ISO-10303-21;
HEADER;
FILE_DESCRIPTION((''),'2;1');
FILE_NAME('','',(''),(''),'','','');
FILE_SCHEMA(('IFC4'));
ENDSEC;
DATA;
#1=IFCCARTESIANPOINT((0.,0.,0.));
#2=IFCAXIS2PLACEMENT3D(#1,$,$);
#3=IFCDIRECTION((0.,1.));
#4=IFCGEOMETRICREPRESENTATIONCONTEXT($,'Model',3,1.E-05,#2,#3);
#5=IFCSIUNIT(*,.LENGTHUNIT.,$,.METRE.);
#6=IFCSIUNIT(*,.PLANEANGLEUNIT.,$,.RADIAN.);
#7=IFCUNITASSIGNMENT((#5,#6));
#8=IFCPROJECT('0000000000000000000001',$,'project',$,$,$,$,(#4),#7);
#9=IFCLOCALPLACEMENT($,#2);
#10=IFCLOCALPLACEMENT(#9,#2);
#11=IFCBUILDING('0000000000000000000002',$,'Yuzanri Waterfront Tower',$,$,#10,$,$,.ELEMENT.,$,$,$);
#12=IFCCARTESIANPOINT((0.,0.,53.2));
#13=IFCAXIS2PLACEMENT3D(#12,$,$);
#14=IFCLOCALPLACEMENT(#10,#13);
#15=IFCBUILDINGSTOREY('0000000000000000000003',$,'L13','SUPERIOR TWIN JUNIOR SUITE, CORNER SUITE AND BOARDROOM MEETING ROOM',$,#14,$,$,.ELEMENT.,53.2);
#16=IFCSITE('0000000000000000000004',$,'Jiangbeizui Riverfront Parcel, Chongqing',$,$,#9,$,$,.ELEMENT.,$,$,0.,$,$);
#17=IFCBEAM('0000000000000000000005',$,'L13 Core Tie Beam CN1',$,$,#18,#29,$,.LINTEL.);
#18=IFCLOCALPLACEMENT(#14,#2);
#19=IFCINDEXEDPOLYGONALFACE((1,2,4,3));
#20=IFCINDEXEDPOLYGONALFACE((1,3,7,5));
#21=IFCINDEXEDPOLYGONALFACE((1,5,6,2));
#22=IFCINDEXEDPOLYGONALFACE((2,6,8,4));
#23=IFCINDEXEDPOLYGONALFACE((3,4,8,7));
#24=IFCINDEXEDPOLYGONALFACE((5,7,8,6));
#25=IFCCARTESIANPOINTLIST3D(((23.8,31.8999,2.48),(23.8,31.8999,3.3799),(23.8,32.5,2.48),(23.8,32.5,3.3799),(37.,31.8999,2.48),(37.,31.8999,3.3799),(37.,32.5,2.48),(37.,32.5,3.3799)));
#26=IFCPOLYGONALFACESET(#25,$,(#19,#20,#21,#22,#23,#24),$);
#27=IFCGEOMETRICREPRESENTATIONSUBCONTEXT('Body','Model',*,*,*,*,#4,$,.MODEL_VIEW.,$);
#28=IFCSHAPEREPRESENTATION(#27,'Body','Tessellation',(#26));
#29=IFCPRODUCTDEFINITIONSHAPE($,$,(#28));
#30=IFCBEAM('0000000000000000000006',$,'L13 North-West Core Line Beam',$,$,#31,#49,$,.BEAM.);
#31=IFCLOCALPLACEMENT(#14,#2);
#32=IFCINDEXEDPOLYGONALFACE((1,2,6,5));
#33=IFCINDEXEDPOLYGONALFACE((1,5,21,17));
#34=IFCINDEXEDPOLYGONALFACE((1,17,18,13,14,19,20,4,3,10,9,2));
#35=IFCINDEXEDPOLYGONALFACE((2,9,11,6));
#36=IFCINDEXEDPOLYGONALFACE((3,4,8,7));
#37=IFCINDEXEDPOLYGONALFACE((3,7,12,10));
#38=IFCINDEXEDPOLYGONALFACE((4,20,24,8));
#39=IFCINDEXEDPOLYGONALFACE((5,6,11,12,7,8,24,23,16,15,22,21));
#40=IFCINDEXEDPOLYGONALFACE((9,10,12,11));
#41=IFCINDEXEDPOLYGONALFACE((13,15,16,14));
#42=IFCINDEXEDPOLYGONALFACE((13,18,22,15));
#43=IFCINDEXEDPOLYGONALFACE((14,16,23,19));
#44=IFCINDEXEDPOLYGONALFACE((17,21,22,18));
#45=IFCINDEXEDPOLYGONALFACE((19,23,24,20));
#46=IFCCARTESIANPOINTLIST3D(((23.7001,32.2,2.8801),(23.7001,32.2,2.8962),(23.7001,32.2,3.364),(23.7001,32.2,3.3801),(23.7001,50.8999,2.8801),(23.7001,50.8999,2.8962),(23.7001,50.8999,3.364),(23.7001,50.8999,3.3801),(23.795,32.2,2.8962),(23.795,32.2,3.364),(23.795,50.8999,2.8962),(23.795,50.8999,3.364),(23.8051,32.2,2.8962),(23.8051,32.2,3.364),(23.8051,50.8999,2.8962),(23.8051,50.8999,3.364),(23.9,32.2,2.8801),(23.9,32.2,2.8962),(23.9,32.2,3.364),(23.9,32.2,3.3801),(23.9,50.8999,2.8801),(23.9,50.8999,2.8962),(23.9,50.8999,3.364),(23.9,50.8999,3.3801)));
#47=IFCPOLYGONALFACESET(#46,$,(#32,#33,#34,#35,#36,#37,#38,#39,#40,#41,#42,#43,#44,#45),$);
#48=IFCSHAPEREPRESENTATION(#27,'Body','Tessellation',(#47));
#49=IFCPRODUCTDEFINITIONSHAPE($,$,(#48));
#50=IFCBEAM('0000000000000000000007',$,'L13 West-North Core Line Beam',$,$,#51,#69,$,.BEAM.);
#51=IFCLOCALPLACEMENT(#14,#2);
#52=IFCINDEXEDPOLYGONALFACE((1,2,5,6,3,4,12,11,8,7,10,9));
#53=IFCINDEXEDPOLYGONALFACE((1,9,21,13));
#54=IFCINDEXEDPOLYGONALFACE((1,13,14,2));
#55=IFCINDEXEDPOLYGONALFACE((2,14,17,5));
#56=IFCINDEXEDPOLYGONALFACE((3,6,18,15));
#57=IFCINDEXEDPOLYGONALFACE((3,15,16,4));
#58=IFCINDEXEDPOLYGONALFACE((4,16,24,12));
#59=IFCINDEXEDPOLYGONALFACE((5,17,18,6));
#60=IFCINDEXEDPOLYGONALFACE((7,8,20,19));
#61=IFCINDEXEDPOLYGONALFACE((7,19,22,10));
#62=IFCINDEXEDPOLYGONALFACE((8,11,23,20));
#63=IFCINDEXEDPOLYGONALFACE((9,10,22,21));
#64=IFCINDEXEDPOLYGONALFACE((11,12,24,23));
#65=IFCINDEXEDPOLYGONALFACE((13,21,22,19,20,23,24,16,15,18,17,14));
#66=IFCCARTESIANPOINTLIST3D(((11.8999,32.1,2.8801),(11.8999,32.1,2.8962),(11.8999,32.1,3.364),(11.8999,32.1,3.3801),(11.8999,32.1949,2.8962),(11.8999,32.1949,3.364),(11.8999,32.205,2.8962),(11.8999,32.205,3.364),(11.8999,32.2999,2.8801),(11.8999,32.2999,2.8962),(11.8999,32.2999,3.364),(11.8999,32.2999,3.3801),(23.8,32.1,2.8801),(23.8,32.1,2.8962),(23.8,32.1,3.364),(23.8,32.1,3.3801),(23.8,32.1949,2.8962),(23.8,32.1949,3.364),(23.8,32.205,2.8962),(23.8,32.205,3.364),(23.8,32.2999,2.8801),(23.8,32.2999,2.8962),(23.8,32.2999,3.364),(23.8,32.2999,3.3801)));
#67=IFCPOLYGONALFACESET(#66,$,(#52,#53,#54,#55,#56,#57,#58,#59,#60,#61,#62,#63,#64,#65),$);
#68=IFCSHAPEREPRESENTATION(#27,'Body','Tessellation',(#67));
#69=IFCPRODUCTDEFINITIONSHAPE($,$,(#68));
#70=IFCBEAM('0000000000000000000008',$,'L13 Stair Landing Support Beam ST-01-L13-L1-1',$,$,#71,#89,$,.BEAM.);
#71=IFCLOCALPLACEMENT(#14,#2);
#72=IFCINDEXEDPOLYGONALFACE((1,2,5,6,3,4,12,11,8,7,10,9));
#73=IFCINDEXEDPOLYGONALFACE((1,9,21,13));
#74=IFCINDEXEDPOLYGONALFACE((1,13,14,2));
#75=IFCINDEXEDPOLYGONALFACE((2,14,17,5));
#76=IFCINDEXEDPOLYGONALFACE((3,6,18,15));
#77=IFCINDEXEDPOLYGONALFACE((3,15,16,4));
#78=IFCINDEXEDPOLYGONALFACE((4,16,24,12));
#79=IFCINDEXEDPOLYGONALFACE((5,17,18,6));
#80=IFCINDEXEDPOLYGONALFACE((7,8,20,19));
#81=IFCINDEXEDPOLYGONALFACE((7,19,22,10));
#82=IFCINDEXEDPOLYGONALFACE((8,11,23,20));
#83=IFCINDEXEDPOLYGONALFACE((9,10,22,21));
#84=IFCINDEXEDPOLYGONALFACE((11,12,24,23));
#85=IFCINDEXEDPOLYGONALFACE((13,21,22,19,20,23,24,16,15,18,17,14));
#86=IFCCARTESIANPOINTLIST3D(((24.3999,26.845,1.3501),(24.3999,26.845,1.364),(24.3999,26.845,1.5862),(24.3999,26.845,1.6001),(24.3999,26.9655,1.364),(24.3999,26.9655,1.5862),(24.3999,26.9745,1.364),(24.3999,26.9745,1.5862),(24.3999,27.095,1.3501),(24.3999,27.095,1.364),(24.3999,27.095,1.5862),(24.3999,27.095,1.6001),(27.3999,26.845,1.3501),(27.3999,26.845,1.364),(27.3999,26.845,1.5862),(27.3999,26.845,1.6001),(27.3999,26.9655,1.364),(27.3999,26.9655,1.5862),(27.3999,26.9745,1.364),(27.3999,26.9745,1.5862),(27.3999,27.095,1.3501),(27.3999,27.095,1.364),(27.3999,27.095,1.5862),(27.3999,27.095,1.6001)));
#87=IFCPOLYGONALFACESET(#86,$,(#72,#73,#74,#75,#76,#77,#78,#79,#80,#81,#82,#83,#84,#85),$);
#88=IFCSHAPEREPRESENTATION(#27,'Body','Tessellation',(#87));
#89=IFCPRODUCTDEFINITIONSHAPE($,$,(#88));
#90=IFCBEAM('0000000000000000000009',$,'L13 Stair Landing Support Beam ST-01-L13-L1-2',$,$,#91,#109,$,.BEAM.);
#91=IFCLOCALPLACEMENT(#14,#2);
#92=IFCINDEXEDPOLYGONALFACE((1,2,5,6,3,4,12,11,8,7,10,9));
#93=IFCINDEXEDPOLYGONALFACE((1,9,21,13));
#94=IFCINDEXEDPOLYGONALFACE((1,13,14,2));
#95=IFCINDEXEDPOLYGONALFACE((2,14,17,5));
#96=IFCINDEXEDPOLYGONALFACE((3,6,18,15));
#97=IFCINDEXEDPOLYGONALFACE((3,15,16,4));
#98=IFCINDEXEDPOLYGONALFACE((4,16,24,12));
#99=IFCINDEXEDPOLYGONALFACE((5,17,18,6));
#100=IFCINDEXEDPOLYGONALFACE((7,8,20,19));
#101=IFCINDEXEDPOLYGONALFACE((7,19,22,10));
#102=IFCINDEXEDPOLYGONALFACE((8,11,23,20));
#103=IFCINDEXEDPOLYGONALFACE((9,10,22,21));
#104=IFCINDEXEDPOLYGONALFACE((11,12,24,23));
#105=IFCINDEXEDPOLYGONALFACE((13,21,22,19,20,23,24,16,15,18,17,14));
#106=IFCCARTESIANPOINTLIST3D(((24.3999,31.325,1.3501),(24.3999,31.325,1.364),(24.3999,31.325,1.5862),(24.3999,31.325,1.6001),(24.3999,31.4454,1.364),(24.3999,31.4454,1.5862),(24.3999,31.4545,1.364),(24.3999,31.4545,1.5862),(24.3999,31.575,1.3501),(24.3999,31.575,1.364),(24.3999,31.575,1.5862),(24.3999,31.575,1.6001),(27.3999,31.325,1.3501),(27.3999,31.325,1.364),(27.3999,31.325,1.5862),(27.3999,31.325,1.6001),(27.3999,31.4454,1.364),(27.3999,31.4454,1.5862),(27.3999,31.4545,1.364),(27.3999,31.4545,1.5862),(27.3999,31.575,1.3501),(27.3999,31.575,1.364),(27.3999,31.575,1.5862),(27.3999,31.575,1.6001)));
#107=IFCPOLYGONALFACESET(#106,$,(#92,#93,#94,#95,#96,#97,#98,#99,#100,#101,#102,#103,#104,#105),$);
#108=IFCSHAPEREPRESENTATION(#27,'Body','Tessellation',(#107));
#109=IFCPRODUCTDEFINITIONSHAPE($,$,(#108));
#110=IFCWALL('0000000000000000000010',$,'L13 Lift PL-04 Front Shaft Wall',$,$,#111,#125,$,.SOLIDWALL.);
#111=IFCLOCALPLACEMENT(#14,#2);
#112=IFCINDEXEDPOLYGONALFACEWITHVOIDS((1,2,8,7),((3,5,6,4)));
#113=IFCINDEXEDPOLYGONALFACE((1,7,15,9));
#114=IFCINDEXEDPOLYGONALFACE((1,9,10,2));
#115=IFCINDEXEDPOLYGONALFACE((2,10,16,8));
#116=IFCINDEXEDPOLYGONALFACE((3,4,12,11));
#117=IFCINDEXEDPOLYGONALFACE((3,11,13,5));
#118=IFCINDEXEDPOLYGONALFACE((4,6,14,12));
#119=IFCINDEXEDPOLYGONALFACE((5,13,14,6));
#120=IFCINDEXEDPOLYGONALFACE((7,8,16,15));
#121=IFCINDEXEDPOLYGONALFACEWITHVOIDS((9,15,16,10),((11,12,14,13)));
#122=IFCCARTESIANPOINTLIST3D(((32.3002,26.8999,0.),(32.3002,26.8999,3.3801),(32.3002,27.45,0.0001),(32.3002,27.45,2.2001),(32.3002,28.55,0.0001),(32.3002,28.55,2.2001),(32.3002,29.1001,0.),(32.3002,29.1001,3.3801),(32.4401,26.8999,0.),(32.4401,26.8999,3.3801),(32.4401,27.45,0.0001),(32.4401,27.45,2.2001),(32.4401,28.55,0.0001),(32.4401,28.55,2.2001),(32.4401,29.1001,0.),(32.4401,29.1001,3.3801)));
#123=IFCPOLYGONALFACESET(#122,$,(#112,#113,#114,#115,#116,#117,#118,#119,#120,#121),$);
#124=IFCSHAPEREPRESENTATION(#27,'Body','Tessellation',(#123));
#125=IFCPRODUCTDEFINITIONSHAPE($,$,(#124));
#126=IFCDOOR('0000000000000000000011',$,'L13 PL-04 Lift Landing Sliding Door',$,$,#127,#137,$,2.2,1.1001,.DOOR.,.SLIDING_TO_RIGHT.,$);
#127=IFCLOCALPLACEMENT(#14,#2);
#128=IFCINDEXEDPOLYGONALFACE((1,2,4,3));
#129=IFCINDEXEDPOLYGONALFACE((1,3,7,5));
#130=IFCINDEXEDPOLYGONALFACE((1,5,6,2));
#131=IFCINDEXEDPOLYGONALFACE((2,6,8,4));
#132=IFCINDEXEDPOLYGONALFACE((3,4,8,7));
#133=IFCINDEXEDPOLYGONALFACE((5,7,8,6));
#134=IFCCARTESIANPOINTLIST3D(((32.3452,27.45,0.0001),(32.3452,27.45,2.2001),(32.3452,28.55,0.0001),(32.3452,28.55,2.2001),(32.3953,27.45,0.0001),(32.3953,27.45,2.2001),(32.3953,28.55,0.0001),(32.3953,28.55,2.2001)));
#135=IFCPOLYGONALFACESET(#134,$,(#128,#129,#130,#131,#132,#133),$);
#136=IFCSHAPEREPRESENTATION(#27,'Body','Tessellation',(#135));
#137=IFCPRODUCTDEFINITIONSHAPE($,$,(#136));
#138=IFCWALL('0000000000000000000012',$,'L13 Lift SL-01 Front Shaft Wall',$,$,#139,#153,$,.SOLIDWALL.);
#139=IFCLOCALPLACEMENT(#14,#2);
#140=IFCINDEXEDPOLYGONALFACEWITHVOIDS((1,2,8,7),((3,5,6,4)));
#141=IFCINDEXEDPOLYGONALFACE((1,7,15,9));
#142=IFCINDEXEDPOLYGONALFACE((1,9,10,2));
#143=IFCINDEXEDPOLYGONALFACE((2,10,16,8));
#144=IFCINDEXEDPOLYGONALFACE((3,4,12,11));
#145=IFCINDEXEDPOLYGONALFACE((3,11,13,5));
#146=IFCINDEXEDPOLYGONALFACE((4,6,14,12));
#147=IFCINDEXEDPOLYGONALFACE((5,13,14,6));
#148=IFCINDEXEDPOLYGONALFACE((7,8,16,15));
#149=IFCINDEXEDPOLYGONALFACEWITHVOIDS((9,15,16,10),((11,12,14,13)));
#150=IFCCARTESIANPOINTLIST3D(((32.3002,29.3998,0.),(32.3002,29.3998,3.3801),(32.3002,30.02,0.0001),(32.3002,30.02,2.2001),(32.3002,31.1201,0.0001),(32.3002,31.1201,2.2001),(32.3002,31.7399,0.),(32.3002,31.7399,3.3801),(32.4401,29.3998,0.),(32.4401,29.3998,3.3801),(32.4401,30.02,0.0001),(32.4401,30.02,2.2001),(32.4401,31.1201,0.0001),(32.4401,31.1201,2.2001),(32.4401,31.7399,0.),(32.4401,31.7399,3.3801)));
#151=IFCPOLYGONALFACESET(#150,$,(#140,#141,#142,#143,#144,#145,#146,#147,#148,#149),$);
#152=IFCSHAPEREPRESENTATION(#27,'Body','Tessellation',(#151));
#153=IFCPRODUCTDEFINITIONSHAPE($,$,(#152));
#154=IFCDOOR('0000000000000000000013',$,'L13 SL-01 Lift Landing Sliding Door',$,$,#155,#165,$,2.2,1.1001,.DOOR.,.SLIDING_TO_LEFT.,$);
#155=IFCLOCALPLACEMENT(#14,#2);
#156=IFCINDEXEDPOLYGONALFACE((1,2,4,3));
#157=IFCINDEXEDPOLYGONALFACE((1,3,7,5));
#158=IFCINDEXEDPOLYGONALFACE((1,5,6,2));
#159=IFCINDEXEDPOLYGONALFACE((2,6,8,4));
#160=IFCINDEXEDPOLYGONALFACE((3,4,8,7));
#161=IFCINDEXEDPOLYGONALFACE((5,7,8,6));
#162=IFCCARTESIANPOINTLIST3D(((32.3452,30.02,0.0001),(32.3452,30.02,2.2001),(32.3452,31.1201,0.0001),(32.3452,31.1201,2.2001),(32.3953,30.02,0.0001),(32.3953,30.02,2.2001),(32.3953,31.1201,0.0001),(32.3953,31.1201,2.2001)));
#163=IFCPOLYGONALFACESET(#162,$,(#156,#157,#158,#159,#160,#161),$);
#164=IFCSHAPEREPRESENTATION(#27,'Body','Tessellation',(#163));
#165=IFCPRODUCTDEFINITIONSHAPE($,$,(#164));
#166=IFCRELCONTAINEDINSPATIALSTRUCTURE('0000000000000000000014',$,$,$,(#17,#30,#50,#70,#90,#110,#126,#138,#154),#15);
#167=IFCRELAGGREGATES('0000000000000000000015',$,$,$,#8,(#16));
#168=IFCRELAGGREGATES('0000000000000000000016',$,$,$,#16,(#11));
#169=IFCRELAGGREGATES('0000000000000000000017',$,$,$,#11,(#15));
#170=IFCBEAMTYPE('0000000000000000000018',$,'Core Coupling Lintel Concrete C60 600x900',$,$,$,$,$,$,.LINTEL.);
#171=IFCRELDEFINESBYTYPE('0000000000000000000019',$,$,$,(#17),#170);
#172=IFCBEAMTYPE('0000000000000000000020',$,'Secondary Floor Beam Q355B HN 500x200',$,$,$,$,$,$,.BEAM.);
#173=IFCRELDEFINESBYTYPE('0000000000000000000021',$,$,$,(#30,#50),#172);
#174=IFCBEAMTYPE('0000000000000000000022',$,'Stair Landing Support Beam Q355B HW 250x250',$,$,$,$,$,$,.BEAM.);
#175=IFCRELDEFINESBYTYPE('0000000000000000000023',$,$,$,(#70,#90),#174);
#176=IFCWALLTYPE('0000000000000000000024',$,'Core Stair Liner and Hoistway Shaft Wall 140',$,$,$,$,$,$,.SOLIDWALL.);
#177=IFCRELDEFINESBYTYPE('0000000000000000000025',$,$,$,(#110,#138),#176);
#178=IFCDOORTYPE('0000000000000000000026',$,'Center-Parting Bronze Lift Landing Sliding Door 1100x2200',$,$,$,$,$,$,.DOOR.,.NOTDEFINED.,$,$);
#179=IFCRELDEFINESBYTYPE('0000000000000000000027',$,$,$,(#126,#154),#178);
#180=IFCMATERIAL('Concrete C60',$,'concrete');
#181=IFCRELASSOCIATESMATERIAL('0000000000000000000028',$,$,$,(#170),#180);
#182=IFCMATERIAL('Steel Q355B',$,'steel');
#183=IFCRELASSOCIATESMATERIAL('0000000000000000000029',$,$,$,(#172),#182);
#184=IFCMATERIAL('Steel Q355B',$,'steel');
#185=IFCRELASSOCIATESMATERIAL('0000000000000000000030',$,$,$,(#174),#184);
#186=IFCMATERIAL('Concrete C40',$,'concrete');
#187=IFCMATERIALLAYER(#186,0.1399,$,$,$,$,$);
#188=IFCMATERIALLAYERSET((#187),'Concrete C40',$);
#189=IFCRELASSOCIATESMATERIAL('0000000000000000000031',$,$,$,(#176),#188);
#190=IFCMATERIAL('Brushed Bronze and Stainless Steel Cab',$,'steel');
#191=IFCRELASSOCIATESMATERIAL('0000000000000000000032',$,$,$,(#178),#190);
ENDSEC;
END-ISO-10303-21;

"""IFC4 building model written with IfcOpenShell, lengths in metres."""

from ifc_helpers import new_model, si_unit, direction, frame, frame_2d, origin, origin_2d, place, context, subcontext, project, spatial, rectangle, i_section, extrude, source, transform, mapped, material, layer, layer_set, material_profile, profile_set, type_object, element, fill, save


model = new_model("IFC4")

# Units and contexts
model_context = context("Model", 3, precision=1e-05, world=origin(), true_north=direction((0.0, 1.0)))
body_context = subcontext(model_context, "Body", "Model", "MODEL_VIEW")
ifc_project = project(units=[si_unit("LENGTHUNIT", "METRE"), si_unit("PLANEANGLEUNIT", "RADIAN")], contexts=[model_context])

# Site, building, storey
site_placement = place(None, origin())
site = spatial("IfcSite", under=ifc_project, at=site_placement, Name="Jiangbeizui Riverfront Parcel, Chongqing", CompositionType="ELEMENT", RefElevation=0.0)
building_placement = place(site_placement, origin())
building = spatial("IfcBuilding", under=site, at=building_placement, Name="Yuzanri Waterfront Tower", CompositionType="ELEMENT")
storey_placement = place(building_placement, frame((0.0, 0.0, 53.2)))
storey = spatial("IfcBuildingStorey", under=building, at=storey_placement, Name="L13", Description="SUPERIOR TWIN JUNIOR SUITE, CORNER SUITE AND BOARDROOM MEETING ROOM", CompositionType="ELEMENT", Elevation=53.2)

# Beams
ifc_material_1 = material(Name="Concrete C60", Category="concrete")
ifc_material_profile_1 = material_profile(ifc_material_1, rectangle(XDim=0.6001, YDim=0.8999, at=origin_2d()), Name="RC 600x900")
ifc_profile_set_1 = profile_set([ifc_material_profile_1], Name="Concrete C60")
beam_type_1 = type_object("IfcBeamType", Name="Core Coupling Lintel Concrete C60 600x900", PredefinedType="LINTEL", material=ifc_profile_set_1)
shared_shape_1 = source(origin(), body_context, "Body", "SweptSolid", [
    extrude(rectangle(XDim=0.6001, YDim=0.8999, at=origin_2d()), origin(), (0.0, 0.0, 1.0), 13.2),
])
beam_1_placement = place(storey_placement, frame((23.8, 32.2, 2.9299), z_axis=(1.0, 0.0, 0.0), x_axis=(0.0, 1.0, 0.0)))
element("IfcBeam", 1, at=beam_1_placement, inside=storey, type_object=beam_type_1, Name="L13 Core Tie Beam CN1", PredefinedType="LINTEL", context=body_context, shape_type="MappedRepresentation", body=[
    mapped(shared_shape_1, transform((0.0, 0.0, 0.0), scale=1.0)),
])
ifc_material_2 = material(Name="Steel Q355B", Category="steel")
ifc_material_profile_2 = material_profile(ifc_material_2, i_section(OverallWidth=0.2, OverallDepth=0.5, WebThickness=0.01, FlangeThickness=0.0161, at=origin_2d()), Name="HN 500x200x10x16")
ifc_profile_set_2 = profile_set([ifc_material_profile_2], Name="Steel Q355B")
beam_type_2 = type_object("IfcBeamType", Name="Secondary Floor Beam Q355B HN 500x200", PredefinedType="BEAM", material=ifc_profile_set_2)
shared_shape_2 = source(origin(), body_context, "Body", "SweptSolid", [
    extrude(i_section(OverallWidth=0.2, OverallDepth=0.5, WebThickness=0.01, FlangeThickness=0.0161, at=origin_2d()), origin(), (0.0, 0.0, 1.0), 18.7),
])
beam_2_placement = place(storey_placement, frame((23.8, 32.2, 3.1301), z_axis=(0.0, 1.0, 0.0), x_axis=(-1.0, 0.0, 0.0)))
element("IfcBeam", 2, at=beam_2_placement, inside=storey, type_object=beam_type_2, Name="L13 North-West Core Line Beam", PredefinedType="BEAM", context=body_context, shape_type="MappedRepresentation", body=[
    mapped(shared_shape_2, transform((0.0, 0.0, 0.0), scale=1.0)),
])
shared_shape_3 = source(origin(), body_context, "Body", "SweptSolid", [
    extrude(i_section(OverallWidth=0.2, OverallDepth=0.5, WebThickness=0.01, FlangeThickness=0.0161, at=origin_2d()), origin(), (0.0, 0.0, 1.0), 11.9001),
])
beam_3_placement = place(storey_placement, frame((23.8, 32.2, 3.1301), z_axis=(-1.0, 0.0, 0.0), x_axis=(0.0, -1.0, 0.0)))
element("IfcBeam", 3, at=beam_3_placement, inside=storey, type_object=beam_type_2, Name="L13 West-North Core Line Beam", PredefinedType="BEAM", context=body_context, shape_type="MappedRepresentation", body=[
    mapped(shared_shape_3, transform((0.0, 0.0, 0.0), scale=1.0)),
])
ifc_material_3 = material(Name="Steel Q355B", Category="steel")
ifc_material_profile_3 = material_profile(ifc_material_3, i_section(OverallWidth=0.25, OverallDepth=0.25, WebThickness=0.009, FlangeThickness=0.0139, at=origin_2d()), Name="HW 250x250x9x14")
ifc_profile_set_3 = profile_set([ifc_material_profile_3], Name="Steel Q355B")
beam_type_3 = type_object("IfcBeamType", Name="Stair Landing Support Beam Q355B HW 250x250", PredefinedType="BEAM", material=ifc_profile_set_3)
shared_shape_4 = source(origin(), body_context, "Body", "SweptSolid", [
    extrude(i_section(OverallWidth=0.25, OverallDepth=0.25, WebThickness=0.009, FlangeThickness=0.0139, at=origin_2d()), origin(), (0.0, 0.0, 1.0), 3.0),
])
for number, where, z_axis, x_axis, name in (
    (4, (24.3999, 26.97, 1.4751), (1.0, 0.0, 0.0), (0.0, 1.0, 0.0), "L13 Stair Landing Support Beam ST-01-L13-L1-1"),
    (5, (24.3999, 31.45, 1.4751), (1.0, 0.0, 0.0), (0.0, 1.0, 0.0), "L13 Stair Landing Support Beam ST-01-L13-L1-2"),
):
    element("IfcBeam", number, at=place(storey_placement, frame(where, z_axis=z_axis, x_axis=x_axis)), inside=storey, type_object=beam_type_3, Name=name, PredefinedType="BEAM", context=body_context, shape_type="MappedRepresentation", body=[
        mapped(shared_shape_4, transform((0.0, 0.0, 0.0), scale=1.0)),
    ])

# Walls, openings, doors
ifc_material_4 = material(Name="Concrete C40", Category="concrete")
ifc_layer_1 = layer(ifc_material_4, 0.1399)
ifc_layer_set_1 = layer_set([ifc_layer_1], Name="Concrete C40")
wall_type_1 = type_object("IfcWallType", Name="Core Stair Liner and Hoistway Shaft Wall 140", PredefinedType="SOLIDWALL", material=ifc_layer_set_1)
wall_1_placement = place(storey_placement, frame((32.3701, 26.8999, 0.0), z_axis=(0.0, 0.0, 1.0), x_axis=(0.0, 1.0, 0.0)))
wall_1 = element("IfcWall", 6, at=wall_1_placement, inside=storey, type_object=wall_type_1, Name="L13 Lift PL-04 Front Shaft Wall", PredefinedType="SOLIDWALL", context=body_context, shape_type="SweptSolid", body=[
    extrude(rectangle(XDim=2.2002, YDim=0.1399, at=frame_2d((1.1001, 0.0))), origin(), (0.0, 0.0, 1.0), 3.3801),
])
opening_1_placement = place(wall_1_placement, frame((0.55, 0.0, 0.0)))
opening_1 = element("IfcOpeningElement", 7, at=opening_1_placement, cuts=wall_1, PredefinedType="OPENING", context=body_context, shape_type="SweptSolid", body=[
    extrude(rectangle(XDim=1.1001, YDim=2.2, at=frame_2d((0.55, 1.1001))), frame((0.0, 0.085, 0.0), z_axis=(0.0, -1.0, 0.0), x_axis=(1.0, 0.0, 0.0)), (0.0, 0.0, 1.0), 0.1697),
])
ifc_material_5 = material(Name="Brushed Bronze and Stainless Steel Cab", Category="steel")
door_type_1 = type_object("IfcDoorType", Name="Center-Parting Bronze Lift Landing Sliding Door 1100x2200", OperationType="NOTDEFINED", PredefinedType="DOOR", material=ifc_material_5)
shared_shape_5 = source(origin(), body_context, "Body", "SweptSolid", [
    extrude(rectangle(XDim=1.1001, YDim=2.2, at=frame_2d((0.55, 1.1001))), frame((0.0, 0.0249, 0.0), z_axis=(0.0, -1.0, 0.0), x_axis=(1.0, 0.0, 0.0)), (0.0, 0.0, 1.0), 0.05),
])
door_1_placement = place(opening_1_placement, origin())
door_1 = element("IfcDoor", 8, at=door_1_placement, inside=storey, type_object=door_type_1, Name="L13 PL-04 Lift Landing Sliding Door", OperationType="SLIDING_TO_RIGHT", OverallHeight=2.2, OverallWidth=1.1001, PredefinedType="DOOR", context=body_context, shape_type="MappedRepresentation", body=[
    mapped(shared_shape_5, transform((0.0, 0.0, 0.0), scale=1.0)),
])
fill(opening_1, door_1)
wall_2_placement = place(storey_placement, frame((32.3701, 29.3999, 0.0), z_axis=(0.0, 0.0, 1.0), x_axis=(0.0, 1.0, 0.0)))
wall_2 = element("IfcWall", 9, at=wall_2_placement, inside=storey, type_object=wall_type_1, Name="L13 Lift SL-01 Front Shaft Wall", PredefinedType="SOLIDWALL", context=body_context, shape_type="SweptSolid", body=[
    extrude(rectangle(XDim=2.3401, YDim=0.1399, at=frame_2d((1.1699, 0.0))), origin(), (0.0, 0.0, 1.0), 3.3801),
])
opening_2_placement = place(wall_2_placement, frame((0.6201, 0.0, 0.0)))
opening_2 = element("IfcOpeningElement", 10, at=opening_2_placement, cuts=wall_2, PredefinedType="OPENING", context=body_context, shape_type="SweptSolid", body=[
    extrude(rectangle(XDim=1.1001, YDim=2.2, at=frame_2d((0.55, 1.1001))), frame((0.0, 0.085, 0.0), z_axis=(0.0, -1.0, 0.0), x_axis=(1.0, 0.0, 0.0)), (0.0, 0.0, 1.0), 0.1697),
])
door_2_placement = place(opening_2_placement, origin())
door_2 = element("IfcDoor", 11, at=door_2_placement, inside=storey, type_object=door_type_1, Name="L13 SL-01 Lift Landing Sliding Door", OperationType="SLIDING_TO_LEFT", OverallHeight=2.2, OverallWidth=1.1001, PredefinedType="DOOR", context=body_context, shape_type="MappedRepresentation", body=[
    mapped(shared_shape_5, transform((0.0, 0.0, 0.0), scale=1.0)),
])
fill(opening_2, door_2)

save(model, "model.ifc")
